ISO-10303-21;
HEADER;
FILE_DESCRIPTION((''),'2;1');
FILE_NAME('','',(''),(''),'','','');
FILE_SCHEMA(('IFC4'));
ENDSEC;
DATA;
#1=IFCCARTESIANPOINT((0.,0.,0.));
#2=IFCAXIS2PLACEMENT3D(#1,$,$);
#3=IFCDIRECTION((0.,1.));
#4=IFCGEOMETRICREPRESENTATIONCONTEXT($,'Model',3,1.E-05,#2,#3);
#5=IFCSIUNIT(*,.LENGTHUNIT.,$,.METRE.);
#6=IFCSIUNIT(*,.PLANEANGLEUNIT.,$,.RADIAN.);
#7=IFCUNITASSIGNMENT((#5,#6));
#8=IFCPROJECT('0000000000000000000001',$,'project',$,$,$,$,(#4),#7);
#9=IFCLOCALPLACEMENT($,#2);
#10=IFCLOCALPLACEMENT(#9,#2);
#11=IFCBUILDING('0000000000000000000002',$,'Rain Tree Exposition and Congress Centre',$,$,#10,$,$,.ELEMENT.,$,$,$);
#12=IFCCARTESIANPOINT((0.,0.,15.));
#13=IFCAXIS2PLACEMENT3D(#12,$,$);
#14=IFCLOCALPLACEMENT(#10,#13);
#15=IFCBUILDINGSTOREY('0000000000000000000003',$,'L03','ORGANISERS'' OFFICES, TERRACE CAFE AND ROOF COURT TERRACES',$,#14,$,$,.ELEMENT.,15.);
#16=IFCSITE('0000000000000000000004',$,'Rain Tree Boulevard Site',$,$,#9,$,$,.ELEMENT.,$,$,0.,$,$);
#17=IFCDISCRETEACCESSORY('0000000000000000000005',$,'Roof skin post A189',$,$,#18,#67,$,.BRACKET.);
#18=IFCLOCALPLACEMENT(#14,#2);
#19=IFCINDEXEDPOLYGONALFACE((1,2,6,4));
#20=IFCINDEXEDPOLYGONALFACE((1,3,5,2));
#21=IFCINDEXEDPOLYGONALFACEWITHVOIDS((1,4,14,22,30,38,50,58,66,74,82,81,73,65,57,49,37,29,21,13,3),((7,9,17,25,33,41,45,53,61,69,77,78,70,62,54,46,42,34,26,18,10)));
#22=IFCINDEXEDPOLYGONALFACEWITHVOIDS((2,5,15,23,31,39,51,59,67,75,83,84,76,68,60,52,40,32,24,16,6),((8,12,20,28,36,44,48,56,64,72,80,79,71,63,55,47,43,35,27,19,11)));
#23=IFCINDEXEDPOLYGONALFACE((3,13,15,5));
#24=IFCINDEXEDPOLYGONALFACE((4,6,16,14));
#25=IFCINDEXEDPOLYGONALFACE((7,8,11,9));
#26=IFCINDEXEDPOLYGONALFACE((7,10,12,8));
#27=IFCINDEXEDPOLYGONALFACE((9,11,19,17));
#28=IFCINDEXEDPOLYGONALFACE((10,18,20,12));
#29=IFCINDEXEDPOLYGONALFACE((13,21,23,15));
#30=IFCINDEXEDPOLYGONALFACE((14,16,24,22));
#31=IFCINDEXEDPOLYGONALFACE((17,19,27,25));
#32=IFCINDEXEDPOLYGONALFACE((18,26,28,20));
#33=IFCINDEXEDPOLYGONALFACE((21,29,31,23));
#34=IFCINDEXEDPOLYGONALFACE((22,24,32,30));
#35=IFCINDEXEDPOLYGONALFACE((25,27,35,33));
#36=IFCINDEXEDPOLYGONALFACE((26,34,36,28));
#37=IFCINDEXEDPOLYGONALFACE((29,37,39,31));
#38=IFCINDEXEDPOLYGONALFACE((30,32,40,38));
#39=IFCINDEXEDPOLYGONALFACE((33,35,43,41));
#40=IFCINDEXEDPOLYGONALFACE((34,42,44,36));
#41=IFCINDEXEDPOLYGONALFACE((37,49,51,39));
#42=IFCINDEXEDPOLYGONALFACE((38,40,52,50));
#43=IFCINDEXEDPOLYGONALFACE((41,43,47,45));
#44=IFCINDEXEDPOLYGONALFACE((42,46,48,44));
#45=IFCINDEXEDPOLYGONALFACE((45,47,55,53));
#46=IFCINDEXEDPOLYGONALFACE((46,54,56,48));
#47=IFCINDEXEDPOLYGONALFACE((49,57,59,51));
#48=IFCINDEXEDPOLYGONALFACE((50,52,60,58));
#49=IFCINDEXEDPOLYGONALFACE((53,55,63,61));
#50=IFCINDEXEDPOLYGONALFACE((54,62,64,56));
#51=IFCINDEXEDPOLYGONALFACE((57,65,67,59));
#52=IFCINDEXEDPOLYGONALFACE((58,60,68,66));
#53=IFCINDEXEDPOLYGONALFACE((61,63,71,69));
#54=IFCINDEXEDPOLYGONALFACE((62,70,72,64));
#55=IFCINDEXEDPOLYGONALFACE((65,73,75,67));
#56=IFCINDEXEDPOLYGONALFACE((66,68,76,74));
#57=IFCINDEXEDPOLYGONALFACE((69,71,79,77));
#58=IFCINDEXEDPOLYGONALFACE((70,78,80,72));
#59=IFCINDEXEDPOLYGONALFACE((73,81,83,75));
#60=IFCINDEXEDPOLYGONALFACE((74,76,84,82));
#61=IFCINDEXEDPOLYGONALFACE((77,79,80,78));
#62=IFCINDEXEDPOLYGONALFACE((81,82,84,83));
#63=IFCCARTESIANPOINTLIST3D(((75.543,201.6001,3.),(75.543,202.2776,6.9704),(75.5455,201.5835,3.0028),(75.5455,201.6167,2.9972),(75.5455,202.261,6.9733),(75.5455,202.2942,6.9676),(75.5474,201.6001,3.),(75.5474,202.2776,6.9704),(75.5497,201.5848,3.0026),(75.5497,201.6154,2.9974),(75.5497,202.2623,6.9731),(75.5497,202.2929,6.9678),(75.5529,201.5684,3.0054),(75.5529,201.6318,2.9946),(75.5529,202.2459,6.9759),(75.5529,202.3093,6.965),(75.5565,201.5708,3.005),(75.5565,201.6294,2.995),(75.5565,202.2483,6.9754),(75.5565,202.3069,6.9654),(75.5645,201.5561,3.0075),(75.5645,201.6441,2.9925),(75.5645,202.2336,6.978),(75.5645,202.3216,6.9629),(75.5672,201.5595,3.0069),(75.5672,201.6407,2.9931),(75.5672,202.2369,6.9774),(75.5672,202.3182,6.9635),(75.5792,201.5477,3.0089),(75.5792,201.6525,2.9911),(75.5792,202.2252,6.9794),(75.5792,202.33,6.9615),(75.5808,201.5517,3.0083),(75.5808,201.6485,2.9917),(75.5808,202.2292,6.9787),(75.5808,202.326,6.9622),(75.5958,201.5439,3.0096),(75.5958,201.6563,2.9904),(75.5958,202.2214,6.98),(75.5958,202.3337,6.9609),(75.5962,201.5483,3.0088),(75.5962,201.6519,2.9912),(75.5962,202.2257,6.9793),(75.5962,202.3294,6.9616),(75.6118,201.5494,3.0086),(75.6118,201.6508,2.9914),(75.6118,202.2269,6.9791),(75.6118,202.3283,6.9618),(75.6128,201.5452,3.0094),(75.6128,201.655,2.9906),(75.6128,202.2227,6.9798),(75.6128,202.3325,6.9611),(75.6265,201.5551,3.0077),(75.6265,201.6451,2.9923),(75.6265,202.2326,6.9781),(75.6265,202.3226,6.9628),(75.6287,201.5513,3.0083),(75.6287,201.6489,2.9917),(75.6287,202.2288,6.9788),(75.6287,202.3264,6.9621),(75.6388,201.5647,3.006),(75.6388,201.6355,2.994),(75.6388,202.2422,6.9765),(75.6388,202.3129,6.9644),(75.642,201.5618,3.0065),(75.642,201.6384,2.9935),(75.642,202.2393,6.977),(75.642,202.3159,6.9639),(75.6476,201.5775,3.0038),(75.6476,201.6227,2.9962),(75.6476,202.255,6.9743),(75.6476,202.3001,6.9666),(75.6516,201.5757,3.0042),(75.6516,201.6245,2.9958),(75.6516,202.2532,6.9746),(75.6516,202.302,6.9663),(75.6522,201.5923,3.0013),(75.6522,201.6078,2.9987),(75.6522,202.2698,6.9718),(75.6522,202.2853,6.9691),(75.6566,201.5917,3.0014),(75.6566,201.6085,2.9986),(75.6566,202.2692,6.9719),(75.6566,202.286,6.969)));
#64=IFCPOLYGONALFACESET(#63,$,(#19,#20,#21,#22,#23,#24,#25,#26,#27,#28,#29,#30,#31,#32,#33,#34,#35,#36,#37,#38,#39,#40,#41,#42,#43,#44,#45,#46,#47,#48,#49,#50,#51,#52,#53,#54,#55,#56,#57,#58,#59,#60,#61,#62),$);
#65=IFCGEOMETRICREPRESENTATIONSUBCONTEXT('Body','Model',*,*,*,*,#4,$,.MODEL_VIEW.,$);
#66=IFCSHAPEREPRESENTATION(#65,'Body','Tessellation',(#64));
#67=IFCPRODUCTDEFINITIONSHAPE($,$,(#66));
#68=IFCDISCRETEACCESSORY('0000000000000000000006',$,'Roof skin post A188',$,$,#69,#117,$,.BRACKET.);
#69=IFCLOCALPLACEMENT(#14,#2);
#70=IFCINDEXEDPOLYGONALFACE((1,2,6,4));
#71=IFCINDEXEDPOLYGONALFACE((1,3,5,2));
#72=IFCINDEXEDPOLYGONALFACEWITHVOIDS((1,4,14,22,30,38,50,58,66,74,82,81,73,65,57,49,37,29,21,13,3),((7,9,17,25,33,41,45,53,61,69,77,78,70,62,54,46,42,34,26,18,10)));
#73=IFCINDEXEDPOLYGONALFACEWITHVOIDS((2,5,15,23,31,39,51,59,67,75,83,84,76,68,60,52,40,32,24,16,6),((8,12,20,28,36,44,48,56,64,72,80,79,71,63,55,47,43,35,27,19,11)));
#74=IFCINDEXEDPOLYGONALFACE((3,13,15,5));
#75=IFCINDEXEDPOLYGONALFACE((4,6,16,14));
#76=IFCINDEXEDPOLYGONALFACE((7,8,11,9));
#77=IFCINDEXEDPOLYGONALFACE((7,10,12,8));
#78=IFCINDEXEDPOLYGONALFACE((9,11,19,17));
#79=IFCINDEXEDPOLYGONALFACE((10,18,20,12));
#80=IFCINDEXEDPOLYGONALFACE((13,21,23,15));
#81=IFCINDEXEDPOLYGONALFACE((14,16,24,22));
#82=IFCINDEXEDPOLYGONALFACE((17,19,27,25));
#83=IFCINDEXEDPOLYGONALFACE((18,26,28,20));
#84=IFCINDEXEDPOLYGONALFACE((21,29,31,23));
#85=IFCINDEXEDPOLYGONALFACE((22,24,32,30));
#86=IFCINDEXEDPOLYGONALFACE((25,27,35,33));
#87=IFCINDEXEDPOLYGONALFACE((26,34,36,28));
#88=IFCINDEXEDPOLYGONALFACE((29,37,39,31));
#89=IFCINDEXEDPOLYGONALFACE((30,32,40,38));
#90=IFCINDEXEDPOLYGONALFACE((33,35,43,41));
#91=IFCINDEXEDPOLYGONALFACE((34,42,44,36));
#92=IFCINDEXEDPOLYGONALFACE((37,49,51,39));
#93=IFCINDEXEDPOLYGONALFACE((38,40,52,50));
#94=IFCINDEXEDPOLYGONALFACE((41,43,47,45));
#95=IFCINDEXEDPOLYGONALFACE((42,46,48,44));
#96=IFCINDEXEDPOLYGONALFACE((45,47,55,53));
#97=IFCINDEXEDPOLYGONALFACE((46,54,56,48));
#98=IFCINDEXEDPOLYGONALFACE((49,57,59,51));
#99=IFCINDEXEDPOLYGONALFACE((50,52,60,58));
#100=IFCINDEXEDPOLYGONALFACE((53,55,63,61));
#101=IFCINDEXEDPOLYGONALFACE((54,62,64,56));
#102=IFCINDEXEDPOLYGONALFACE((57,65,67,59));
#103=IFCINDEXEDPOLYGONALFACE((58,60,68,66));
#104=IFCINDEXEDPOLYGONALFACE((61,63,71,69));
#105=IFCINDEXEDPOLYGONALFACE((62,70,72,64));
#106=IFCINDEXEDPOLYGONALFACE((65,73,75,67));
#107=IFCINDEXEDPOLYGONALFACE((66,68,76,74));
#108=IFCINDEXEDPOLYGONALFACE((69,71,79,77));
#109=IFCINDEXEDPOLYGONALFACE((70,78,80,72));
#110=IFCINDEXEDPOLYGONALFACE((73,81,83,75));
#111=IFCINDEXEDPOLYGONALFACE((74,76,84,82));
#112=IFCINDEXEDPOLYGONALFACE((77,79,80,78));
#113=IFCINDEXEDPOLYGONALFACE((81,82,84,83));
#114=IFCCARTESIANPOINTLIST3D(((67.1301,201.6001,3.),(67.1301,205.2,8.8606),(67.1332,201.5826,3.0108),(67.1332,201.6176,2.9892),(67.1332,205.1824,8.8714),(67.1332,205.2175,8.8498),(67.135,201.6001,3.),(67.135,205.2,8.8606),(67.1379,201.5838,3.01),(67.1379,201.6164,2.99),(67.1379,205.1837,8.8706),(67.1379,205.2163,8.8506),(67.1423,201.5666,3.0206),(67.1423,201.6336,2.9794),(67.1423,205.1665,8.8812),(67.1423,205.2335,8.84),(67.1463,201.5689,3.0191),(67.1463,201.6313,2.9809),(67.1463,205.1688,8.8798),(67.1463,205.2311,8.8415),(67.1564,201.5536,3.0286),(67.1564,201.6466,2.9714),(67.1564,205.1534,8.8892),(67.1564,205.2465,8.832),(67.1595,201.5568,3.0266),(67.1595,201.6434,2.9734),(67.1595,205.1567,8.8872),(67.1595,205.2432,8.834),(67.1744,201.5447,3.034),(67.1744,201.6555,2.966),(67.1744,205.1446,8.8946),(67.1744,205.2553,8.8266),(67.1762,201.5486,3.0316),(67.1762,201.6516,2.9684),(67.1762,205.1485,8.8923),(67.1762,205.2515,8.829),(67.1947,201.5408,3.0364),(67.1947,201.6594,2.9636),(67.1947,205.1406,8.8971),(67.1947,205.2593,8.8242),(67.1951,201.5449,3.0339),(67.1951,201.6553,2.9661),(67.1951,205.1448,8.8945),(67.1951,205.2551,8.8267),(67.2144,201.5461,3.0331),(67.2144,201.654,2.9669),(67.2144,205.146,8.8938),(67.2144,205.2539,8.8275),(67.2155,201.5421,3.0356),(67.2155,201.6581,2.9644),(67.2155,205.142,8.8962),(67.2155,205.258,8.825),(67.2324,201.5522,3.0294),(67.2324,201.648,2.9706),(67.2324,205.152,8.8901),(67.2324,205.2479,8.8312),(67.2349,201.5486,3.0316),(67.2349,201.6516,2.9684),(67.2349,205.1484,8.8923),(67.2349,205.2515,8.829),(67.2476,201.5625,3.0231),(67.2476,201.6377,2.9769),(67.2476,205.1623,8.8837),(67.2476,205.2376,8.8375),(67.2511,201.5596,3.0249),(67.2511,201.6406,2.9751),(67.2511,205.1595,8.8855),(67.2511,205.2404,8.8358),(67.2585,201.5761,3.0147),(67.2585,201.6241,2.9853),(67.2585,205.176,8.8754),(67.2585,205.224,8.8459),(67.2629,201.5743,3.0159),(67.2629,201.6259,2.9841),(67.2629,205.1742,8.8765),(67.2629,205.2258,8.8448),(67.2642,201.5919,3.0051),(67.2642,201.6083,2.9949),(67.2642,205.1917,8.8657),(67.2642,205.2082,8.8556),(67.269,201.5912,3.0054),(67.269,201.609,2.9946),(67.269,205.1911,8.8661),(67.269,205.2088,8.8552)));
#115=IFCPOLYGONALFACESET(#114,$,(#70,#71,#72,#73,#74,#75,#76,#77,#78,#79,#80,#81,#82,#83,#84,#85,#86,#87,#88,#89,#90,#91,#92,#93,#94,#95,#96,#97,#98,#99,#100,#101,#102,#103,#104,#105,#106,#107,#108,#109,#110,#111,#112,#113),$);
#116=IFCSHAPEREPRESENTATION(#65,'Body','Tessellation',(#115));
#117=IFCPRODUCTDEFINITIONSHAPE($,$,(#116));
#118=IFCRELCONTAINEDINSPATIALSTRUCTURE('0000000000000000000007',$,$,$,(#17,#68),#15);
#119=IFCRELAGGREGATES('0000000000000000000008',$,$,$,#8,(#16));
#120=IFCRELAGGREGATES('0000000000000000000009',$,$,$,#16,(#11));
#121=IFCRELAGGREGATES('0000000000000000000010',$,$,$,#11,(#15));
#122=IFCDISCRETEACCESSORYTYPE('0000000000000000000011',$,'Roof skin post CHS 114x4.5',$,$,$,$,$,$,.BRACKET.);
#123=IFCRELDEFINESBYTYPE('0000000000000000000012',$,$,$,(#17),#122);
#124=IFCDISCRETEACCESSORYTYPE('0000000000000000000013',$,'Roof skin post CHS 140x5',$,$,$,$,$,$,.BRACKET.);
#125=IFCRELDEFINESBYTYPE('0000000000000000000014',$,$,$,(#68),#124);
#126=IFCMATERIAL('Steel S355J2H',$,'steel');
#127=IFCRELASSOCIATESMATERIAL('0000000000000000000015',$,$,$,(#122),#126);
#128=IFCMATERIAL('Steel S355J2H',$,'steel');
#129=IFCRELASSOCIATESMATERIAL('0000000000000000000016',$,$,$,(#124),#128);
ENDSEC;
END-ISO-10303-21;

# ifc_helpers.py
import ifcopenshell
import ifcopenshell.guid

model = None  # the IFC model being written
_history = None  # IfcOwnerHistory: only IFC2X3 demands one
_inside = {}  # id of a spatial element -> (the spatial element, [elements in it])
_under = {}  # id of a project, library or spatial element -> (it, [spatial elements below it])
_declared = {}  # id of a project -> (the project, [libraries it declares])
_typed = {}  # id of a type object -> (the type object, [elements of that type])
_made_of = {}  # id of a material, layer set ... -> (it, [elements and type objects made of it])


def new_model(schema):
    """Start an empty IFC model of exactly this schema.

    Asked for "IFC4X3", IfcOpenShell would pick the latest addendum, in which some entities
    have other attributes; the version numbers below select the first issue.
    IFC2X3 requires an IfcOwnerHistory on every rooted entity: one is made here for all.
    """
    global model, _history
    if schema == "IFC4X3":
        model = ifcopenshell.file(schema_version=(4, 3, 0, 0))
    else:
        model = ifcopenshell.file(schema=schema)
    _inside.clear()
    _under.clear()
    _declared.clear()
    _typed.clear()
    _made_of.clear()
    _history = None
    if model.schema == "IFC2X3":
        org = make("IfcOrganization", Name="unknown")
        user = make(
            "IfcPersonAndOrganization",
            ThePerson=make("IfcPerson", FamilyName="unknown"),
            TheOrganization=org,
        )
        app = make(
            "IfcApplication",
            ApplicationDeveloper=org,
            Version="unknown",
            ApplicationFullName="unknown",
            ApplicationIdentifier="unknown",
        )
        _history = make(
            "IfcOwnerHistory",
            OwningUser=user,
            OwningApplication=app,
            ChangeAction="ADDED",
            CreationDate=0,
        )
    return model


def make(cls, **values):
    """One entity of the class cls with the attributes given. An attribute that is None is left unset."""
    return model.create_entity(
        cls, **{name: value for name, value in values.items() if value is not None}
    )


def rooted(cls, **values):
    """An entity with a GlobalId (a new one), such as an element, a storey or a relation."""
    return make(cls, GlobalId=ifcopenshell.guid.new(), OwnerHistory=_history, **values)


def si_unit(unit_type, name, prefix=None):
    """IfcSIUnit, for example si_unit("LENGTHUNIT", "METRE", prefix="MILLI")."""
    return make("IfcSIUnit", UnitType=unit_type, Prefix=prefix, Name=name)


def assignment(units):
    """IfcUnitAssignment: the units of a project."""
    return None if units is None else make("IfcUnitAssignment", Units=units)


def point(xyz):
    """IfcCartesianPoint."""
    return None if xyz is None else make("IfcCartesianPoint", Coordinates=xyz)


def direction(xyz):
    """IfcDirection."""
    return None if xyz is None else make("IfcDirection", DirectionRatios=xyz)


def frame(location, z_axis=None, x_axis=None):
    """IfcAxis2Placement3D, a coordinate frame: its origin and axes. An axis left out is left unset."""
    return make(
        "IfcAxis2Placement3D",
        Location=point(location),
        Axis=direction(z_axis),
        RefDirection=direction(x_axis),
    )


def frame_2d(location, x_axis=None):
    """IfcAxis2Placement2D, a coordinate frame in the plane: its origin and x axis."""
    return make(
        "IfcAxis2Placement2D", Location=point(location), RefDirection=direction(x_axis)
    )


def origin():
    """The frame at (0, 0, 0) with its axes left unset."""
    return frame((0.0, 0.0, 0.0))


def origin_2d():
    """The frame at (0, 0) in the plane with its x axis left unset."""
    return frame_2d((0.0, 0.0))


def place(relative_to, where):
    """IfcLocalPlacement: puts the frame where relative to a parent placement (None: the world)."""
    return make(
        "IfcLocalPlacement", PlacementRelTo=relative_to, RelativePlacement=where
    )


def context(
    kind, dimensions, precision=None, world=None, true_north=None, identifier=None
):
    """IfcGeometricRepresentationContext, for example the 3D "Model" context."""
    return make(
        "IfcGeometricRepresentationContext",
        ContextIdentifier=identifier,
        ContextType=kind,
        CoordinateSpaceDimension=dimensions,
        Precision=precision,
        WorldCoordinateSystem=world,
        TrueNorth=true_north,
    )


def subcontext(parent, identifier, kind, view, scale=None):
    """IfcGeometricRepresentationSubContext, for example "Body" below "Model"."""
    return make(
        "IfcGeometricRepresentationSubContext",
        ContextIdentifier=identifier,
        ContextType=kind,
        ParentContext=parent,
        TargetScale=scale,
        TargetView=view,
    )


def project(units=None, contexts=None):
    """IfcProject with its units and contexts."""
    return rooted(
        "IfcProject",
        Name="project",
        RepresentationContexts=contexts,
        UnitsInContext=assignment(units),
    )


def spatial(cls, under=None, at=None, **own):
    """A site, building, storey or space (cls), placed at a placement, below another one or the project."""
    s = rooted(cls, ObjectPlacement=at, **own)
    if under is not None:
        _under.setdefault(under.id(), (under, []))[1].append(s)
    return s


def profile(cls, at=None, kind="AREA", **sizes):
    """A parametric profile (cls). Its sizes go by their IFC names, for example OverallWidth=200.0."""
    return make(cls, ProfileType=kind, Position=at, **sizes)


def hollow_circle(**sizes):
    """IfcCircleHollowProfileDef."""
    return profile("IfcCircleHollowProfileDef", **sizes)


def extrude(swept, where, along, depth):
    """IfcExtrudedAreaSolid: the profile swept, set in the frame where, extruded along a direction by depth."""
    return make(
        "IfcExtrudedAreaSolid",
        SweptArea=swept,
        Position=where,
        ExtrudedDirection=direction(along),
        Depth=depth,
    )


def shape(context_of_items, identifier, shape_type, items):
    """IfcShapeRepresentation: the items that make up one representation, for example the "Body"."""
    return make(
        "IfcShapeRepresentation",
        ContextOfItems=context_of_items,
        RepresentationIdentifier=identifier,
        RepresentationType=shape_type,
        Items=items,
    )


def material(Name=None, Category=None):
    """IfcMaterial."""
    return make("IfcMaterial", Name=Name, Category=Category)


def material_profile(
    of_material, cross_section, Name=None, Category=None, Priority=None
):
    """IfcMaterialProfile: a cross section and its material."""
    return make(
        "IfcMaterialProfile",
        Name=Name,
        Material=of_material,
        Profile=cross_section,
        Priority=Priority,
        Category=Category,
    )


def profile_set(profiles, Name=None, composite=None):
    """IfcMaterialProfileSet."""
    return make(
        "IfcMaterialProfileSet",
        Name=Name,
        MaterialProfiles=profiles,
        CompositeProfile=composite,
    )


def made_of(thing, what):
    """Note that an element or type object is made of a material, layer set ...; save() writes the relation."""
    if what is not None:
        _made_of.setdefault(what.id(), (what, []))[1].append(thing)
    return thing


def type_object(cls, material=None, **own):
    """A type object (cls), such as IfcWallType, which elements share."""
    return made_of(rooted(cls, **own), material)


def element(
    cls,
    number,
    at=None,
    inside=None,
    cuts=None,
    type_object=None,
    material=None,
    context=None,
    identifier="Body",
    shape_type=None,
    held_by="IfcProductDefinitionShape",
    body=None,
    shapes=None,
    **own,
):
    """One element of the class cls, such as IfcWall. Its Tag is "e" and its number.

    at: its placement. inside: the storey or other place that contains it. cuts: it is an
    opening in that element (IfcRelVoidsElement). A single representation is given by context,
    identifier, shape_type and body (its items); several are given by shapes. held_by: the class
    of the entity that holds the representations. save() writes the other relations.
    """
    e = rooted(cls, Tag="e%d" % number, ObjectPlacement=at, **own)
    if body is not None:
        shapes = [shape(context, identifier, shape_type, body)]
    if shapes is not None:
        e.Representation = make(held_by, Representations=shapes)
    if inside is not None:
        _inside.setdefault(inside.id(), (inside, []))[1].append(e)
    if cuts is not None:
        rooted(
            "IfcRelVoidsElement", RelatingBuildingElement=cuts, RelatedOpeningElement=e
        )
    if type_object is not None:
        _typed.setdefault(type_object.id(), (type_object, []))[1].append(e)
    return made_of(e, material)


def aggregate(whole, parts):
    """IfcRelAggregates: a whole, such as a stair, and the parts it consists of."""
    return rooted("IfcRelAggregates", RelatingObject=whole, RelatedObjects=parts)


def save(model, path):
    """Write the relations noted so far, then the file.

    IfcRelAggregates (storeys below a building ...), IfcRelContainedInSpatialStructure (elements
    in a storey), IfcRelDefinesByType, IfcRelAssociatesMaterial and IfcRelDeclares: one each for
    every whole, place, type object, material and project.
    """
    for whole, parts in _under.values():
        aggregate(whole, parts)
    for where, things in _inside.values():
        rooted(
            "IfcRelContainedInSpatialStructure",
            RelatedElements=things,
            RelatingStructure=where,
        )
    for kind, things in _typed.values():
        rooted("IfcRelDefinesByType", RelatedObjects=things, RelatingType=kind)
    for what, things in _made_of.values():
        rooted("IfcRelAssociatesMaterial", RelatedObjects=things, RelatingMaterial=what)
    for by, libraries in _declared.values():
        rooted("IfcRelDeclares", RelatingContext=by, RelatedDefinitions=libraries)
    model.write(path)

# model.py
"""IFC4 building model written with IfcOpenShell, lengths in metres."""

from ifc_helpers import new_model, si_unit, direction, frame, origin, origin_2d, place, context, subcontext, project, spatial, hollow_circle, extrude, material, material_profile, profile_set, type_object, element, save


model = new_model("IFC4")

# Units and contexts
model_context = context("Model", 3, precision=1e-05, world=origin(), true_north=direction((0.0, 1.0)))
body_context = subcontext(model_context, "Body", "Model", "MODEL_VIEW")
ifc_project = project(units=[si_unit("LENGTHUNIT", "METRE"), si_unit("PLANEANGLEUNIT", "RADIAN")], contexts=[model_context])

# Site, building, storey
site_placement = place(None, origin())
site = spatial("IfcSite", under=ifc_project, at=site_placement, Name="Rain Tree Boulevard Site", CompositionType="ELEMENT", RefElevation=0.0)
building_placement = place(site_placement, origin())
building = spatial("IfcBuilding", under=site, at=building_placement, Name="Rain Tree Exposition and Congress Centre", CompositionType="ELEMENT")
storey_placement = place(building_placement, frame((0.0, 0.0, 15.0)))
storey = spatial("IfcBuildingStorey", under=building, at=storey_placement, Name="L03", Description="ORGANISERS' OFFICES, TERRACE CAFE AND ROOF COURT TERRACES", CompositionType="ELEMENT", Elevation=15.0)

# Discrete accessories
ifc_material_1 = material(Name="Steel S355J2H", Category="steel")
ifc_material_profile_1 = material_profile(ifc_material_1, hollow_circle(Radius=0.0571, WallThickness=0.0044, at=origin_2d()), Name="CHS 114x4.5")
ifc_profile_set_1 = profile_set([ifc_material_profile_1], Name="Steel S355J2H")
discrete_accessory_type_1 = type_object("IfcDiscreteAccessoryType", Name="Roof skin post CHS 114x4.5", PredefinedType="BRACKET", material=ifc_profile_set_1)
discrete_accessory_1_placement = place(storey_placement, frame((75.6001, 201.6001, 3.0), z_axis=(0.0, 0.168202, 0.985753), x_axis=(-1.0, 0.0, 0.0)))
element("IfcDiscreteAccessory", 1, at=discrete_accessory_1_placement, inside=storey, type_object=discrete_accessory_type_1, Name="Roof skin post A189", PredefinedType="BRACKET", context=body_context, shape_type="SweptSolid", body=[
    extrude(hollow_circle(Radius=0.0571, WallThickness=0.0044, at=origin_2d()), origin(), (0.0, 0.0, 1.0), 4.0278),
])
ifc_material_2 = material(Name="Steel S355J2H", Category="steel")
ifc_material_profile_2 = material_profile(ifc_material_2, hollow_circle(Radius=0.0698, WallThickness=0.0049, at=origin_2d()), Name="CHS 140x5")
ifc_profile_set_2 = profile_set([ifc_material_profile_2], Name="Steel S355J2H")
discrete_accessory_type_2 = type_object("IfcDiscreteAccessoryType", Name="Roof skin post CHS 140x5", PredefinedType="BRACKET", material=ifc_profile_set_2)
discrete_accessory_2_placement = place(storey_placement, frame((67.2, 201.6001, 3.0), z_axis=(0.0, 0.523394, 0.852091), x_axis=(-1.0, 0.0, 0.0)))
element("IfcDiscreteAccessory", 2, at=discrete_accessory_2_placement, inside=storey, type_object=discrete_accessory_type_2, Name="Roof skin post A188", PredefinedType="BRACKET", context=body_context, shape_type="SweptSolid", body=[
    extrude(hollow_circle(Radius=0.0698, WallThickness=0.0049, at=origin_2d()), origin(), (0.0, 0.0, 1.0), 6.8779),
])

save(model, "model.ifc")
